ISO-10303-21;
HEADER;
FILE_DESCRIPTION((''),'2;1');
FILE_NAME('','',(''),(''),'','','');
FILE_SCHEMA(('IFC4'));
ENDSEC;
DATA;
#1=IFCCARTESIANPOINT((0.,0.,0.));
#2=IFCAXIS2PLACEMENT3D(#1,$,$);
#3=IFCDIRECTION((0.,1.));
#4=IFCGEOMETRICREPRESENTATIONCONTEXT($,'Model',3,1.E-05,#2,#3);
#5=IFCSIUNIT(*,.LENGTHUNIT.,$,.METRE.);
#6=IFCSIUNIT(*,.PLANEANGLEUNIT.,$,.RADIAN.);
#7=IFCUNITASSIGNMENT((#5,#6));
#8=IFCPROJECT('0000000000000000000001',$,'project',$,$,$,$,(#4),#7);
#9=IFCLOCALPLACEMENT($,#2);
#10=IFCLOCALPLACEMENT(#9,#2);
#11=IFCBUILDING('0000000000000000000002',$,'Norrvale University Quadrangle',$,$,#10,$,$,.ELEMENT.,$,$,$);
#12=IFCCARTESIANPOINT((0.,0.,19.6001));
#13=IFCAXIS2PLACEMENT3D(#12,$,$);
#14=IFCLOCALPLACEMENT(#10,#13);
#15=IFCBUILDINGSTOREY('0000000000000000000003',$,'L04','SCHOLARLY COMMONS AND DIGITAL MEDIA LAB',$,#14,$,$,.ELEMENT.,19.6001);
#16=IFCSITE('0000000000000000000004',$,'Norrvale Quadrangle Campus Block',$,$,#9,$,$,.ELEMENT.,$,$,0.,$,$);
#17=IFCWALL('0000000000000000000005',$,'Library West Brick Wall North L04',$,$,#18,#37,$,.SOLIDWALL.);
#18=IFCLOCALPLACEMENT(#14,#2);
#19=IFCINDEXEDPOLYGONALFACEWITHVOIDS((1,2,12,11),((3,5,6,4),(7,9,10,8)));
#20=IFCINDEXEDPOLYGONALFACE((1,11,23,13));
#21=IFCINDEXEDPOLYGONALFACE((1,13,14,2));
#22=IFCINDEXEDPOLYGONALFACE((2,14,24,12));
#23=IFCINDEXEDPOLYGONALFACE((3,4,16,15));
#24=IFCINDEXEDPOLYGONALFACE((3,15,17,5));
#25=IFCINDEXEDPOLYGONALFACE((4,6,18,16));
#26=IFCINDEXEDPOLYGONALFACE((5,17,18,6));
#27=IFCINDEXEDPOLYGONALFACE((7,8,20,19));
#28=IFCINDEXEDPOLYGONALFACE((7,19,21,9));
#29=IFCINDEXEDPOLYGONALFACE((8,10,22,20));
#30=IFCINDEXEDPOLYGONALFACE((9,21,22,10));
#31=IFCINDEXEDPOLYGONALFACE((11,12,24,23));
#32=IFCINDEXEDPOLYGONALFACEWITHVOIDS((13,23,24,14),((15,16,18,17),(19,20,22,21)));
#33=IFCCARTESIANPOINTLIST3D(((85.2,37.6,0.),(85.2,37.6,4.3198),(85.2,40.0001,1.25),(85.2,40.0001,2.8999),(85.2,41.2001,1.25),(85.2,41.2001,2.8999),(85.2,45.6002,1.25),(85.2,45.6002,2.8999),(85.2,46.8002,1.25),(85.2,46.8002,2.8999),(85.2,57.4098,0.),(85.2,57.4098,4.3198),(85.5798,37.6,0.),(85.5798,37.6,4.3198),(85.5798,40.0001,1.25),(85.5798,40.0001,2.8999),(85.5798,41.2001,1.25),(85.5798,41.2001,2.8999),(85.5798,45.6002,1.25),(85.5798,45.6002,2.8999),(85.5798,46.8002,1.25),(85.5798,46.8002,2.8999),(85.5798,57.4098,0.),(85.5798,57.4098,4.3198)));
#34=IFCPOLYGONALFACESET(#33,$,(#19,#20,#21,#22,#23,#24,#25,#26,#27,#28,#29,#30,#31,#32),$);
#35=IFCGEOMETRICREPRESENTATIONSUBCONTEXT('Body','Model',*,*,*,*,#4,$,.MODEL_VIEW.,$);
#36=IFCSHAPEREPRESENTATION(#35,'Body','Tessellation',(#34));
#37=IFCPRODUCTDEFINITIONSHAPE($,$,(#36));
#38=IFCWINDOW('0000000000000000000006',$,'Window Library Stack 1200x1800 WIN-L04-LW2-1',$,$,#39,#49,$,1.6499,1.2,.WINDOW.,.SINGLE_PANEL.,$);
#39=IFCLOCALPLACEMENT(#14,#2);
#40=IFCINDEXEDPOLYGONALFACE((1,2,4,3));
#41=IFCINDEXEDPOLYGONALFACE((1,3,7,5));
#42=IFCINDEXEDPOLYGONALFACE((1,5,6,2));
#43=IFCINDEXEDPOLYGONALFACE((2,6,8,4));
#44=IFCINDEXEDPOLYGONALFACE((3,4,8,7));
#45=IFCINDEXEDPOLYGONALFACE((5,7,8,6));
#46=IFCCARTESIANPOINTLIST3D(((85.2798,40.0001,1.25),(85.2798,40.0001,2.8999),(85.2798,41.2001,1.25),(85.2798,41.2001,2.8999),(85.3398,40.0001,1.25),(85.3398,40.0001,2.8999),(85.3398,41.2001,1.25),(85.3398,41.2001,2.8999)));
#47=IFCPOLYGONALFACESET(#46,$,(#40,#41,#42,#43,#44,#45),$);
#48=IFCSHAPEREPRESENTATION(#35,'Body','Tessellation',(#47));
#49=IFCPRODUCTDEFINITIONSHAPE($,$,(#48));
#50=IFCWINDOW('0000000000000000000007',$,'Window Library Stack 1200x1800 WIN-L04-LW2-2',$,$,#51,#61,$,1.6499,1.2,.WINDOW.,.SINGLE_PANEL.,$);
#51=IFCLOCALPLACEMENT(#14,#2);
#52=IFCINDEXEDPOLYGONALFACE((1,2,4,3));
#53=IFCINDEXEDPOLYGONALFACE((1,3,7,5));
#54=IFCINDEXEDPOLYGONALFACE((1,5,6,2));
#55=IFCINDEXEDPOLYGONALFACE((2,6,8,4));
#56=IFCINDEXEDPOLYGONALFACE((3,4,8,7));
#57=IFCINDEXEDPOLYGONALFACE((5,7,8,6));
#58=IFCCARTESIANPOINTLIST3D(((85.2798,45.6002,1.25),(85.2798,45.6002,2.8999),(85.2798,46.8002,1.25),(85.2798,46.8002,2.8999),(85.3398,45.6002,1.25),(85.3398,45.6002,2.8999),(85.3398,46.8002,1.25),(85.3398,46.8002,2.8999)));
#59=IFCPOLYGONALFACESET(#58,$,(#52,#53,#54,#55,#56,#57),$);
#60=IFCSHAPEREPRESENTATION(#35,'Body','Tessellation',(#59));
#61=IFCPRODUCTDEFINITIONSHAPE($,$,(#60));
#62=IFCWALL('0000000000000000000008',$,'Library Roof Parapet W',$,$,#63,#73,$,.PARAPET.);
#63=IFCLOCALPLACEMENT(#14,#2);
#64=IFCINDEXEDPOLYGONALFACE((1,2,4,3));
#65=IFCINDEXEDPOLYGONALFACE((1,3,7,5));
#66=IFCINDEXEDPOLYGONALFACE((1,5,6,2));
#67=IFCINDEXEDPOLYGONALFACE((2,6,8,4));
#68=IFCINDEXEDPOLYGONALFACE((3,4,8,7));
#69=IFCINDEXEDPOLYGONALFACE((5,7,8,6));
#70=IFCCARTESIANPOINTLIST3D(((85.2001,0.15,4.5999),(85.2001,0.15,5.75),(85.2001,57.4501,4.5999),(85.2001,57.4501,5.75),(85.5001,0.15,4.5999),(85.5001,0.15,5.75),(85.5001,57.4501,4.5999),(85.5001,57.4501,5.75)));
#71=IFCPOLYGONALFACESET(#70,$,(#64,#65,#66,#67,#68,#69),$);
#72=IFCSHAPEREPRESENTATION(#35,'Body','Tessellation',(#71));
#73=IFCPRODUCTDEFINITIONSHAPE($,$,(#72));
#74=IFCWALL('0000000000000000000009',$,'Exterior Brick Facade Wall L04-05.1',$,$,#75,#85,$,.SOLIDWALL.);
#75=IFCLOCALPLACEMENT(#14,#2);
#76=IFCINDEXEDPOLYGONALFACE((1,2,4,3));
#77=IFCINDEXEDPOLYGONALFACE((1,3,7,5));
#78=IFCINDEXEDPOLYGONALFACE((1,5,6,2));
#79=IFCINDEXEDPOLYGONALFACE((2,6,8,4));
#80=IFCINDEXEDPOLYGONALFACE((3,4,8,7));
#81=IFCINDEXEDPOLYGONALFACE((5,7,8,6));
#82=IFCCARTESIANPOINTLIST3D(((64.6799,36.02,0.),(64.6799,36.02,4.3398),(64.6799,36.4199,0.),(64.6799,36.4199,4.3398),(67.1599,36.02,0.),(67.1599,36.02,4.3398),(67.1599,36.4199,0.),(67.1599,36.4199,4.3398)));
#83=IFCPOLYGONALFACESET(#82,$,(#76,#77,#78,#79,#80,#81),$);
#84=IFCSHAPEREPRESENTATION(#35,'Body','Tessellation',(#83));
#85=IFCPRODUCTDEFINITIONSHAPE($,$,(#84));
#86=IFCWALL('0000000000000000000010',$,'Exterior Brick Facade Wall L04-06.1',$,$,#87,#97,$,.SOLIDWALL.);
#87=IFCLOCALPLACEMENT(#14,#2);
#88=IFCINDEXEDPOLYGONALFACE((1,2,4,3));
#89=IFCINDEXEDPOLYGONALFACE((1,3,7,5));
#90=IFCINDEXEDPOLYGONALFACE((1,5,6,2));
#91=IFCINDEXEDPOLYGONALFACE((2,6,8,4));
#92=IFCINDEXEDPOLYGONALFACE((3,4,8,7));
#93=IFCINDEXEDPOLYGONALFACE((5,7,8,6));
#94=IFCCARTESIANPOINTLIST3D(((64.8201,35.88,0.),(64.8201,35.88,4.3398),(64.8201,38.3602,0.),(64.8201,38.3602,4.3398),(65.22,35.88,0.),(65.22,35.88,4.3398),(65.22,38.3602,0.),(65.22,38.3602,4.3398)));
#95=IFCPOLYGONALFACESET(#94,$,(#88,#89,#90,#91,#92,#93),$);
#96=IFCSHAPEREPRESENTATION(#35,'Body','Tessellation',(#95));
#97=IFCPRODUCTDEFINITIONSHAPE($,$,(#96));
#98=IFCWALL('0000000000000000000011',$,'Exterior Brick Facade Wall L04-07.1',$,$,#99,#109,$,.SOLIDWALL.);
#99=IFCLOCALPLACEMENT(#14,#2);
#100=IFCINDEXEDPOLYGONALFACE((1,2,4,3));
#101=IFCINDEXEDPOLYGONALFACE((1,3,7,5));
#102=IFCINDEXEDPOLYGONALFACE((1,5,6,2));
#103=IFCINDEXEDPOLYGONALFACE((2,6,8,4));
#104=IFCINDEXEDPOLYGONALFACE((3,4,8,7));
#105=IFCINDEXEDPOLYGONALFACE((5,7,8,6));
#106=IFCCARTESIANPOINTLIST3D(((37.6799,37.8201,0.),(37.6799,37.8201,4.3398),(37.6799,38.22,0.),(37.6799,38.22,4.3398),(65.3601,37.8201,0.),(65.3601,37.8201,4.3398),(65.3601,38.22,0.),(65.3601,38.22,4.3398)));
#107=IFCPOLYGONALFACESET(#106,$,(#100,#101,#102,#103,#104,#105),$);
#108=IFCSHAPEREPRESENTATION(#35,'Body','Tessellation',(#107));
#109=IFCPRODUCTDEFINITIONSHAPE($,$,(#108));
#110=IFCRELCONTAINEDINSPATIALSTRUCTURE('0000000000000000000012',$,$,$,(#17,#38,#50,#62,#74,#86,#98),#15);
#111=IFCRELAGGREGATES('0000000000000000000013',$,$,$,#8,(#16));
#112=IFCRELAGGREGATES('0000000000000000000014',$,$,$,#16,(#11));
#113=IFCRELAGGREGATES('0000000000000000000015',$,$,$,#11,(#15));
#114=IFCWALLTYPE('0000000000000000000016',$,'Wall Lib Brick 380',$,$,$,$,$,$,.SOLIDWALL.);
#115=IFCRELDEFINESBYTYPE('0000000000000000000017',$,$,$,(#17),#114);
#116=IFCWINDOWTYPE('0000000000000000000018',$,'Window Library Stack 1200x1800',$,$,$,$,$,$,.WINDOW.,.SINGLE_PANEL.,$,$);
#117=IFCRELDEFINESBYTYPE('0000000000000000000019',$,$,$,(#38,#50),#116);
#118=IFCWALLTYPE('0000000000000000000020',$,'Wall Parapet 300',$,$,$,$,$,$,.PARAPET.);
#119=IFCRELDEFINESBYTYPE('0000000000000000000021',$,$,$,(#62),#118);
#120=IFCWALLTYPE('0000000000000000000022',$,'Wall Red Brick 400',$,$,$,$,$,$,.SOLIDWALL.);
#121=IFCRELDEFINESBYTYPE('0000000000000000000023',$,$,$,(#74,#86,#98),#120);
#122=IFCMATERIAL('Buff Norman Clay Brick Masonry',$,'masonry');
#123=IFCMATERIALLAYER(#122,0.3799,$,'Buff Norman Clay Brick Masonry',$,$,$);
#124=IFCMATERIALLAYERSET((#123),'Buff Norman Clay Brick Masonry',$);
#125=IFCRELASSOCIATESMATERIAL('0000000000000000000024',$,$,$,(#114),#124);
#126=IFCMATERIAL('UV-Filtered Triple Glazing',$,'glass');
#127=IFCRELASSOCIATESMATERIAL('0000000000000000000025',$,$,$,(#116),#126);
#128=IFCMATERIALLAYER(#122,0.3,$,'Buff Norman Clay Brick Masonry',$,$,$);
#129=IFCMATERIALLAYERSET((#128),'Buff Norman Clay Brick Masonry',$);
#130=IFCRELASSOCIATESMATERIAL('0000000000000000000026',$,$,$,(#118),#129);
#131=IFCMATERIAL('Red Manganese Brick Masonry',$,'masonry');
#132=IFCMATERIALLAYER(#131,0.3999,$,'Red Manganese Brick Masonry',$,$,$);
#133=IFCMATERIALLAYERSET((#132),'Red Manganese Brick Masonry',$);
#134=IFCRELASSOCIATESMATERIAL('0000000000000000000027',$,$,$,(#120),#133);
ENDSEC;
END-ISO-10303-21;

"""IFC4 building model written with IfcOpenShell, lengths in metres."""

from ifc_helpers import new_model, si_unit, direction, frame, frame_2d, origin, place, context, subcontext, project, spatial, rectangle, extrude, material, layer, layer_set, type_object, element, fill, save


model = new_model("IFC4")

# Units and contexts
model_context = context("Model", 3, precision=1e-05, world=origin(), true_north=direction((0.0, 1.0)))
body_context = subcontext(model_context, "Body", "Model", "MODEL_VIEW")
ifc_project = project(units=[si_unit("LENGTHUNIT", "METRE"), si_unit("PLANEANGLEUNIT", "RADIAN")], contexts=[model_context])

# Site, building, storey
site_placement = place(None, origin())
site = spatial("IfcSite", under=ifc_project, at=site_placement, Name="Norrvale Quadrangle Campus Block", CompositionType="ELEMENT", RefElevation=0.0)
building_placement = place(site_placement, origin())
building = spatial("IfcBuilding", under=site, at=building_placement, Name="Norrvale University Quadrangle", CompositionType="ELEMENT")
storey_placement = place(building_placement, frame((0.0, 0.0, 19.6001)))
storey = spatial("IfcBuildingStorey", under=building, at=storey_placement, Name="L04", Description="SCHOLARLY COMMONS AND DIGITAL MEDIA LAB", CompositionType="ELEMENT", Elevation=19.6001)

# Wall, openings, windows
ifc_material_1 = material(Name="Buff Norman Clay Brick Masonry", Category="masonry")
ifc_layer_1 = layer(ifc_material_1, 0.3799, Name="Buff Norman Clay Brick Masonry")
ifc_layer_set_1 = layer_set([ifc_layer_1], Name="Buff Norman Clay Brick Masonry")
wall_type_1 = type_object("IfcWallType", Name="Wall Lib Brick 380", PredefinedType="SOLIDWALL", material=ifc_layer_set_1)
ifc_material_2 = material(Name="UV-Filtered Triple Glazing", Category="glass")
window_type = type_object("IfcWindowType", Name="Window Library Stack 1200x1800", PartitioningType="SINGLE_PANEL", PredefinedType="WINDOW", material=ifc_material_2)
wall_1_placement = place(storey_placement, frame((85.3899, 37.6001, 0.0), z_axis=(0.0, 0.0, 1.0), x_axis=(0.0, 1.0, 0.0)))
wall_1 = element("IfcWall", 1, at=wall_1_placement, inside=storey, type_object=wall_type_1, Name="Library West Brick Wall North L04", PredefinedType="SOLIDWALL", context=body_context, shape_type="SweptSolid", body=[
    extrude(rectangle(XDim=19.8098, YDim=0.3799, at=frame_2d((9.9048, 0.0))), origin(), (0.0, 0.0, 1.0), 4.3198),
])
opening_1_placement = place(wall_1_placement, frame((2.3999, 0.0, 1.25)))
opening_1 = element("IfcOpeningElement", 2, at=opening_1_placement, cuts=wall_1, PredefinedType="OPENING", context=body_context, shape_type="SweptSolid", body=[
    extrude(rectangle(XDim=1.2, YDim=1.6499, at=frame_2d((0.6001, 0.825))), frame((0.0, 0.2019, 0.0), z_axis=(0.0, -1.0, 0.0), x_axis=(1.0, 0.0, 0.0)), (0.0, 0.0, 1.0), 0.4038),
])
opening_2_placement = place(wall_1_placement, frame((8.0, 0.0, 1.25)))
opening_2 = element("IfcOpeningElement", 3, at=opening_2_placement, cuts=wall_1, PredefinedType="OPENING", context=body_context, shape_type="SweptSolid", body=[
    extrude(rectangle(XDim=1.2, YDim=1.6499, at=frame_2d((0.6001, 0.825))), frame((0.0, 0.2019, 0.0), z_axis=(0.0, -1.0, 0.0), x_axis=(1.0, 0.0, 0.0)), (0.0, 0.0, 1.0), 0.4038),
])
window_1_placement = place(opening_1_placement, origin())
window_1 = element("IfcWindow", 4, at=window_1_placement, inside=storey, type_object=window_type, Name="Window Library Stack 1200x1800 WIN-L04-LW2-1", OverallHeight=1.6499, OverallWidth=1.2, PartitioningType="SINGLE_PANEL", PredefinedType="WINDOW", context=body_context, shape_type="SweptSolid", body=[
    extrude(rectangle(XDim=1.2, YDim=1.6499, at=frame_2d((0.6001, 0.825))), frame((0.0, 0.1101, 0.0), z_axis=(0.0, -1.0, 0.0), x_axis=(1.0, 0.0, 0.0)), (0.0, 0.0, 1.0), 0.0601),
])
fill(opening_1, window_1)
window_2_placement = place(opening_2_placement, origin())
window_2 = element("IfcWindow", 5, at=window_2_placement, inside=storey, type_object=window_type, Name="Window Library Stack 1200x1800 WIN-L04-LW2-2", OverallHeight=1.6499, OverallWidth=1.2, PartitioningType="SINGLE_PANEL", PredefinedType="WINDOW", context=body_context, shape_type="SweptSolid", body=[
    extrude(rectangle(XDim=1.2, YDim=1.6499, at=frame_2d((0.6001, 0.825))), frame((0.0, 0.1101, 0.0), z_axis=(0.0, -1.0, 0.0), x_axis=(1.0, 0.0, 0.0)), (0.0, 0.0, 1.0), 0.0601),
])
fill(opening_2, window_2)

# Walls
ifc_layer_2 = layer(ifc_material_1, 0.3, Name="Buff Norman Clay Brick Masonry")
ifc_layer_set_2 = layer_set([ifc_layer_2], Name="Buff Norman Clay Brick Masonry")
wall_type_2 = type_object("IfcWallType", Name="Wall Parapet 300", PredefinedType="PARAPET", material=ifc_layer_set_2)
wall_2_placement = place(storey_placement, frame((85.3501, 57.45, 4.5999), z_axis=(0.0, 0.0, 1.0), x_axis=(0.0, -1.0, 0.0)))
element("IfcWall", 6, at=wall_2_placement, inside=storey, type_object=wall_type_2, Name="Library Roof Parapet W", PredefinedType="PARAPET", context=body_context, shape_type="SweptSolid", body=[
    extrude(rectangle(XDim=57.3, YDim=0.3, at=frame_2d((28.6499, 0.0))), origin(), (0.0, 0.0, 1.0), 1.1501),
])
ifc_material_3 = material(Name="Red Manganese Brick Masonry", Category="masonry")
ifc_layer_3 = layer(ifc_material_3, 0.3999, Name="Red Manganese Brick Masonry")
ifc_layer_set_3 = layer_set([ifc_layer_3], Name="Red Manganese Brick Masonry")
wall_type_3 = type_object("IfcWallType", Name="Wall Red Brick 400", PredefinedType="SOLIDWALL", material=ifc_layer_set_3)
wall_3_placement = place(storey_placement, frame((67.1599, 36.22, 0.0), z_axis=(0.0, 0.0, 1.0), x_axis=(-1.0, 0.0, 0.0)))
element("IfcWall", 7, at=wall_3_placement, inside=storey, type_object=wall_type_3, Name="Exterior Brick Facade Wall L04-05.1", PredefinedType="SOLIDWALL", context=body_context, shape_type="SweptSolid", body=[
    extrude(rectangle(XDim=2.48, YDim=0.3999, at=frame_2d((1.24, 0.0))), origin(), (0.0, 0.0, 1.0), 4.3398),
])
wall_4_placement = place(storey_placement, frame((65.02, 35.8799, 0.0), z_axis=(0.0, 0.0, 1.0), x_axis=(0.0, 1.0, 0.0)))
element("IfcWall", 8, at=wall_4_placement, inside=storey, type_object=wall_type_3, Name="Exterior Brick Facade Wall L04-06.1", PredefinedType="SOLIDWALL", context=body_context, shape_type="SweptSolid", body=[
    extrude(rectangle(XDim=2.4802, YDim=0.3999, at=frame_2d((1.2402, 0.0))), origin(), (0.0, 0.0, 1.0), 4.3398),
])
wall_5_placement = place(storey_placement, frame((65.3601, 38.02, 0.0), z_axis=(0.0, 0.0, 1.0), x_axis=(-1.0, 0.0, 0.0)))
element("IfcWall", 9, at=wall_5_placement, inside=storey, type_object=wall_type_3, Name="Exterior Brick Facade Wall L04-07.1", PredefinedType="SOLIDWALL", context=body_context, shape_type="SweptSolid", body=[
    extrude(rectangle(XDim=27.6802, YDim=0.3999, at=frame_2d((13.8401, 0.0))), origin(), (0.0, 0.0, 1.0), 4.3398),
])

save(model, "model.ifc")
